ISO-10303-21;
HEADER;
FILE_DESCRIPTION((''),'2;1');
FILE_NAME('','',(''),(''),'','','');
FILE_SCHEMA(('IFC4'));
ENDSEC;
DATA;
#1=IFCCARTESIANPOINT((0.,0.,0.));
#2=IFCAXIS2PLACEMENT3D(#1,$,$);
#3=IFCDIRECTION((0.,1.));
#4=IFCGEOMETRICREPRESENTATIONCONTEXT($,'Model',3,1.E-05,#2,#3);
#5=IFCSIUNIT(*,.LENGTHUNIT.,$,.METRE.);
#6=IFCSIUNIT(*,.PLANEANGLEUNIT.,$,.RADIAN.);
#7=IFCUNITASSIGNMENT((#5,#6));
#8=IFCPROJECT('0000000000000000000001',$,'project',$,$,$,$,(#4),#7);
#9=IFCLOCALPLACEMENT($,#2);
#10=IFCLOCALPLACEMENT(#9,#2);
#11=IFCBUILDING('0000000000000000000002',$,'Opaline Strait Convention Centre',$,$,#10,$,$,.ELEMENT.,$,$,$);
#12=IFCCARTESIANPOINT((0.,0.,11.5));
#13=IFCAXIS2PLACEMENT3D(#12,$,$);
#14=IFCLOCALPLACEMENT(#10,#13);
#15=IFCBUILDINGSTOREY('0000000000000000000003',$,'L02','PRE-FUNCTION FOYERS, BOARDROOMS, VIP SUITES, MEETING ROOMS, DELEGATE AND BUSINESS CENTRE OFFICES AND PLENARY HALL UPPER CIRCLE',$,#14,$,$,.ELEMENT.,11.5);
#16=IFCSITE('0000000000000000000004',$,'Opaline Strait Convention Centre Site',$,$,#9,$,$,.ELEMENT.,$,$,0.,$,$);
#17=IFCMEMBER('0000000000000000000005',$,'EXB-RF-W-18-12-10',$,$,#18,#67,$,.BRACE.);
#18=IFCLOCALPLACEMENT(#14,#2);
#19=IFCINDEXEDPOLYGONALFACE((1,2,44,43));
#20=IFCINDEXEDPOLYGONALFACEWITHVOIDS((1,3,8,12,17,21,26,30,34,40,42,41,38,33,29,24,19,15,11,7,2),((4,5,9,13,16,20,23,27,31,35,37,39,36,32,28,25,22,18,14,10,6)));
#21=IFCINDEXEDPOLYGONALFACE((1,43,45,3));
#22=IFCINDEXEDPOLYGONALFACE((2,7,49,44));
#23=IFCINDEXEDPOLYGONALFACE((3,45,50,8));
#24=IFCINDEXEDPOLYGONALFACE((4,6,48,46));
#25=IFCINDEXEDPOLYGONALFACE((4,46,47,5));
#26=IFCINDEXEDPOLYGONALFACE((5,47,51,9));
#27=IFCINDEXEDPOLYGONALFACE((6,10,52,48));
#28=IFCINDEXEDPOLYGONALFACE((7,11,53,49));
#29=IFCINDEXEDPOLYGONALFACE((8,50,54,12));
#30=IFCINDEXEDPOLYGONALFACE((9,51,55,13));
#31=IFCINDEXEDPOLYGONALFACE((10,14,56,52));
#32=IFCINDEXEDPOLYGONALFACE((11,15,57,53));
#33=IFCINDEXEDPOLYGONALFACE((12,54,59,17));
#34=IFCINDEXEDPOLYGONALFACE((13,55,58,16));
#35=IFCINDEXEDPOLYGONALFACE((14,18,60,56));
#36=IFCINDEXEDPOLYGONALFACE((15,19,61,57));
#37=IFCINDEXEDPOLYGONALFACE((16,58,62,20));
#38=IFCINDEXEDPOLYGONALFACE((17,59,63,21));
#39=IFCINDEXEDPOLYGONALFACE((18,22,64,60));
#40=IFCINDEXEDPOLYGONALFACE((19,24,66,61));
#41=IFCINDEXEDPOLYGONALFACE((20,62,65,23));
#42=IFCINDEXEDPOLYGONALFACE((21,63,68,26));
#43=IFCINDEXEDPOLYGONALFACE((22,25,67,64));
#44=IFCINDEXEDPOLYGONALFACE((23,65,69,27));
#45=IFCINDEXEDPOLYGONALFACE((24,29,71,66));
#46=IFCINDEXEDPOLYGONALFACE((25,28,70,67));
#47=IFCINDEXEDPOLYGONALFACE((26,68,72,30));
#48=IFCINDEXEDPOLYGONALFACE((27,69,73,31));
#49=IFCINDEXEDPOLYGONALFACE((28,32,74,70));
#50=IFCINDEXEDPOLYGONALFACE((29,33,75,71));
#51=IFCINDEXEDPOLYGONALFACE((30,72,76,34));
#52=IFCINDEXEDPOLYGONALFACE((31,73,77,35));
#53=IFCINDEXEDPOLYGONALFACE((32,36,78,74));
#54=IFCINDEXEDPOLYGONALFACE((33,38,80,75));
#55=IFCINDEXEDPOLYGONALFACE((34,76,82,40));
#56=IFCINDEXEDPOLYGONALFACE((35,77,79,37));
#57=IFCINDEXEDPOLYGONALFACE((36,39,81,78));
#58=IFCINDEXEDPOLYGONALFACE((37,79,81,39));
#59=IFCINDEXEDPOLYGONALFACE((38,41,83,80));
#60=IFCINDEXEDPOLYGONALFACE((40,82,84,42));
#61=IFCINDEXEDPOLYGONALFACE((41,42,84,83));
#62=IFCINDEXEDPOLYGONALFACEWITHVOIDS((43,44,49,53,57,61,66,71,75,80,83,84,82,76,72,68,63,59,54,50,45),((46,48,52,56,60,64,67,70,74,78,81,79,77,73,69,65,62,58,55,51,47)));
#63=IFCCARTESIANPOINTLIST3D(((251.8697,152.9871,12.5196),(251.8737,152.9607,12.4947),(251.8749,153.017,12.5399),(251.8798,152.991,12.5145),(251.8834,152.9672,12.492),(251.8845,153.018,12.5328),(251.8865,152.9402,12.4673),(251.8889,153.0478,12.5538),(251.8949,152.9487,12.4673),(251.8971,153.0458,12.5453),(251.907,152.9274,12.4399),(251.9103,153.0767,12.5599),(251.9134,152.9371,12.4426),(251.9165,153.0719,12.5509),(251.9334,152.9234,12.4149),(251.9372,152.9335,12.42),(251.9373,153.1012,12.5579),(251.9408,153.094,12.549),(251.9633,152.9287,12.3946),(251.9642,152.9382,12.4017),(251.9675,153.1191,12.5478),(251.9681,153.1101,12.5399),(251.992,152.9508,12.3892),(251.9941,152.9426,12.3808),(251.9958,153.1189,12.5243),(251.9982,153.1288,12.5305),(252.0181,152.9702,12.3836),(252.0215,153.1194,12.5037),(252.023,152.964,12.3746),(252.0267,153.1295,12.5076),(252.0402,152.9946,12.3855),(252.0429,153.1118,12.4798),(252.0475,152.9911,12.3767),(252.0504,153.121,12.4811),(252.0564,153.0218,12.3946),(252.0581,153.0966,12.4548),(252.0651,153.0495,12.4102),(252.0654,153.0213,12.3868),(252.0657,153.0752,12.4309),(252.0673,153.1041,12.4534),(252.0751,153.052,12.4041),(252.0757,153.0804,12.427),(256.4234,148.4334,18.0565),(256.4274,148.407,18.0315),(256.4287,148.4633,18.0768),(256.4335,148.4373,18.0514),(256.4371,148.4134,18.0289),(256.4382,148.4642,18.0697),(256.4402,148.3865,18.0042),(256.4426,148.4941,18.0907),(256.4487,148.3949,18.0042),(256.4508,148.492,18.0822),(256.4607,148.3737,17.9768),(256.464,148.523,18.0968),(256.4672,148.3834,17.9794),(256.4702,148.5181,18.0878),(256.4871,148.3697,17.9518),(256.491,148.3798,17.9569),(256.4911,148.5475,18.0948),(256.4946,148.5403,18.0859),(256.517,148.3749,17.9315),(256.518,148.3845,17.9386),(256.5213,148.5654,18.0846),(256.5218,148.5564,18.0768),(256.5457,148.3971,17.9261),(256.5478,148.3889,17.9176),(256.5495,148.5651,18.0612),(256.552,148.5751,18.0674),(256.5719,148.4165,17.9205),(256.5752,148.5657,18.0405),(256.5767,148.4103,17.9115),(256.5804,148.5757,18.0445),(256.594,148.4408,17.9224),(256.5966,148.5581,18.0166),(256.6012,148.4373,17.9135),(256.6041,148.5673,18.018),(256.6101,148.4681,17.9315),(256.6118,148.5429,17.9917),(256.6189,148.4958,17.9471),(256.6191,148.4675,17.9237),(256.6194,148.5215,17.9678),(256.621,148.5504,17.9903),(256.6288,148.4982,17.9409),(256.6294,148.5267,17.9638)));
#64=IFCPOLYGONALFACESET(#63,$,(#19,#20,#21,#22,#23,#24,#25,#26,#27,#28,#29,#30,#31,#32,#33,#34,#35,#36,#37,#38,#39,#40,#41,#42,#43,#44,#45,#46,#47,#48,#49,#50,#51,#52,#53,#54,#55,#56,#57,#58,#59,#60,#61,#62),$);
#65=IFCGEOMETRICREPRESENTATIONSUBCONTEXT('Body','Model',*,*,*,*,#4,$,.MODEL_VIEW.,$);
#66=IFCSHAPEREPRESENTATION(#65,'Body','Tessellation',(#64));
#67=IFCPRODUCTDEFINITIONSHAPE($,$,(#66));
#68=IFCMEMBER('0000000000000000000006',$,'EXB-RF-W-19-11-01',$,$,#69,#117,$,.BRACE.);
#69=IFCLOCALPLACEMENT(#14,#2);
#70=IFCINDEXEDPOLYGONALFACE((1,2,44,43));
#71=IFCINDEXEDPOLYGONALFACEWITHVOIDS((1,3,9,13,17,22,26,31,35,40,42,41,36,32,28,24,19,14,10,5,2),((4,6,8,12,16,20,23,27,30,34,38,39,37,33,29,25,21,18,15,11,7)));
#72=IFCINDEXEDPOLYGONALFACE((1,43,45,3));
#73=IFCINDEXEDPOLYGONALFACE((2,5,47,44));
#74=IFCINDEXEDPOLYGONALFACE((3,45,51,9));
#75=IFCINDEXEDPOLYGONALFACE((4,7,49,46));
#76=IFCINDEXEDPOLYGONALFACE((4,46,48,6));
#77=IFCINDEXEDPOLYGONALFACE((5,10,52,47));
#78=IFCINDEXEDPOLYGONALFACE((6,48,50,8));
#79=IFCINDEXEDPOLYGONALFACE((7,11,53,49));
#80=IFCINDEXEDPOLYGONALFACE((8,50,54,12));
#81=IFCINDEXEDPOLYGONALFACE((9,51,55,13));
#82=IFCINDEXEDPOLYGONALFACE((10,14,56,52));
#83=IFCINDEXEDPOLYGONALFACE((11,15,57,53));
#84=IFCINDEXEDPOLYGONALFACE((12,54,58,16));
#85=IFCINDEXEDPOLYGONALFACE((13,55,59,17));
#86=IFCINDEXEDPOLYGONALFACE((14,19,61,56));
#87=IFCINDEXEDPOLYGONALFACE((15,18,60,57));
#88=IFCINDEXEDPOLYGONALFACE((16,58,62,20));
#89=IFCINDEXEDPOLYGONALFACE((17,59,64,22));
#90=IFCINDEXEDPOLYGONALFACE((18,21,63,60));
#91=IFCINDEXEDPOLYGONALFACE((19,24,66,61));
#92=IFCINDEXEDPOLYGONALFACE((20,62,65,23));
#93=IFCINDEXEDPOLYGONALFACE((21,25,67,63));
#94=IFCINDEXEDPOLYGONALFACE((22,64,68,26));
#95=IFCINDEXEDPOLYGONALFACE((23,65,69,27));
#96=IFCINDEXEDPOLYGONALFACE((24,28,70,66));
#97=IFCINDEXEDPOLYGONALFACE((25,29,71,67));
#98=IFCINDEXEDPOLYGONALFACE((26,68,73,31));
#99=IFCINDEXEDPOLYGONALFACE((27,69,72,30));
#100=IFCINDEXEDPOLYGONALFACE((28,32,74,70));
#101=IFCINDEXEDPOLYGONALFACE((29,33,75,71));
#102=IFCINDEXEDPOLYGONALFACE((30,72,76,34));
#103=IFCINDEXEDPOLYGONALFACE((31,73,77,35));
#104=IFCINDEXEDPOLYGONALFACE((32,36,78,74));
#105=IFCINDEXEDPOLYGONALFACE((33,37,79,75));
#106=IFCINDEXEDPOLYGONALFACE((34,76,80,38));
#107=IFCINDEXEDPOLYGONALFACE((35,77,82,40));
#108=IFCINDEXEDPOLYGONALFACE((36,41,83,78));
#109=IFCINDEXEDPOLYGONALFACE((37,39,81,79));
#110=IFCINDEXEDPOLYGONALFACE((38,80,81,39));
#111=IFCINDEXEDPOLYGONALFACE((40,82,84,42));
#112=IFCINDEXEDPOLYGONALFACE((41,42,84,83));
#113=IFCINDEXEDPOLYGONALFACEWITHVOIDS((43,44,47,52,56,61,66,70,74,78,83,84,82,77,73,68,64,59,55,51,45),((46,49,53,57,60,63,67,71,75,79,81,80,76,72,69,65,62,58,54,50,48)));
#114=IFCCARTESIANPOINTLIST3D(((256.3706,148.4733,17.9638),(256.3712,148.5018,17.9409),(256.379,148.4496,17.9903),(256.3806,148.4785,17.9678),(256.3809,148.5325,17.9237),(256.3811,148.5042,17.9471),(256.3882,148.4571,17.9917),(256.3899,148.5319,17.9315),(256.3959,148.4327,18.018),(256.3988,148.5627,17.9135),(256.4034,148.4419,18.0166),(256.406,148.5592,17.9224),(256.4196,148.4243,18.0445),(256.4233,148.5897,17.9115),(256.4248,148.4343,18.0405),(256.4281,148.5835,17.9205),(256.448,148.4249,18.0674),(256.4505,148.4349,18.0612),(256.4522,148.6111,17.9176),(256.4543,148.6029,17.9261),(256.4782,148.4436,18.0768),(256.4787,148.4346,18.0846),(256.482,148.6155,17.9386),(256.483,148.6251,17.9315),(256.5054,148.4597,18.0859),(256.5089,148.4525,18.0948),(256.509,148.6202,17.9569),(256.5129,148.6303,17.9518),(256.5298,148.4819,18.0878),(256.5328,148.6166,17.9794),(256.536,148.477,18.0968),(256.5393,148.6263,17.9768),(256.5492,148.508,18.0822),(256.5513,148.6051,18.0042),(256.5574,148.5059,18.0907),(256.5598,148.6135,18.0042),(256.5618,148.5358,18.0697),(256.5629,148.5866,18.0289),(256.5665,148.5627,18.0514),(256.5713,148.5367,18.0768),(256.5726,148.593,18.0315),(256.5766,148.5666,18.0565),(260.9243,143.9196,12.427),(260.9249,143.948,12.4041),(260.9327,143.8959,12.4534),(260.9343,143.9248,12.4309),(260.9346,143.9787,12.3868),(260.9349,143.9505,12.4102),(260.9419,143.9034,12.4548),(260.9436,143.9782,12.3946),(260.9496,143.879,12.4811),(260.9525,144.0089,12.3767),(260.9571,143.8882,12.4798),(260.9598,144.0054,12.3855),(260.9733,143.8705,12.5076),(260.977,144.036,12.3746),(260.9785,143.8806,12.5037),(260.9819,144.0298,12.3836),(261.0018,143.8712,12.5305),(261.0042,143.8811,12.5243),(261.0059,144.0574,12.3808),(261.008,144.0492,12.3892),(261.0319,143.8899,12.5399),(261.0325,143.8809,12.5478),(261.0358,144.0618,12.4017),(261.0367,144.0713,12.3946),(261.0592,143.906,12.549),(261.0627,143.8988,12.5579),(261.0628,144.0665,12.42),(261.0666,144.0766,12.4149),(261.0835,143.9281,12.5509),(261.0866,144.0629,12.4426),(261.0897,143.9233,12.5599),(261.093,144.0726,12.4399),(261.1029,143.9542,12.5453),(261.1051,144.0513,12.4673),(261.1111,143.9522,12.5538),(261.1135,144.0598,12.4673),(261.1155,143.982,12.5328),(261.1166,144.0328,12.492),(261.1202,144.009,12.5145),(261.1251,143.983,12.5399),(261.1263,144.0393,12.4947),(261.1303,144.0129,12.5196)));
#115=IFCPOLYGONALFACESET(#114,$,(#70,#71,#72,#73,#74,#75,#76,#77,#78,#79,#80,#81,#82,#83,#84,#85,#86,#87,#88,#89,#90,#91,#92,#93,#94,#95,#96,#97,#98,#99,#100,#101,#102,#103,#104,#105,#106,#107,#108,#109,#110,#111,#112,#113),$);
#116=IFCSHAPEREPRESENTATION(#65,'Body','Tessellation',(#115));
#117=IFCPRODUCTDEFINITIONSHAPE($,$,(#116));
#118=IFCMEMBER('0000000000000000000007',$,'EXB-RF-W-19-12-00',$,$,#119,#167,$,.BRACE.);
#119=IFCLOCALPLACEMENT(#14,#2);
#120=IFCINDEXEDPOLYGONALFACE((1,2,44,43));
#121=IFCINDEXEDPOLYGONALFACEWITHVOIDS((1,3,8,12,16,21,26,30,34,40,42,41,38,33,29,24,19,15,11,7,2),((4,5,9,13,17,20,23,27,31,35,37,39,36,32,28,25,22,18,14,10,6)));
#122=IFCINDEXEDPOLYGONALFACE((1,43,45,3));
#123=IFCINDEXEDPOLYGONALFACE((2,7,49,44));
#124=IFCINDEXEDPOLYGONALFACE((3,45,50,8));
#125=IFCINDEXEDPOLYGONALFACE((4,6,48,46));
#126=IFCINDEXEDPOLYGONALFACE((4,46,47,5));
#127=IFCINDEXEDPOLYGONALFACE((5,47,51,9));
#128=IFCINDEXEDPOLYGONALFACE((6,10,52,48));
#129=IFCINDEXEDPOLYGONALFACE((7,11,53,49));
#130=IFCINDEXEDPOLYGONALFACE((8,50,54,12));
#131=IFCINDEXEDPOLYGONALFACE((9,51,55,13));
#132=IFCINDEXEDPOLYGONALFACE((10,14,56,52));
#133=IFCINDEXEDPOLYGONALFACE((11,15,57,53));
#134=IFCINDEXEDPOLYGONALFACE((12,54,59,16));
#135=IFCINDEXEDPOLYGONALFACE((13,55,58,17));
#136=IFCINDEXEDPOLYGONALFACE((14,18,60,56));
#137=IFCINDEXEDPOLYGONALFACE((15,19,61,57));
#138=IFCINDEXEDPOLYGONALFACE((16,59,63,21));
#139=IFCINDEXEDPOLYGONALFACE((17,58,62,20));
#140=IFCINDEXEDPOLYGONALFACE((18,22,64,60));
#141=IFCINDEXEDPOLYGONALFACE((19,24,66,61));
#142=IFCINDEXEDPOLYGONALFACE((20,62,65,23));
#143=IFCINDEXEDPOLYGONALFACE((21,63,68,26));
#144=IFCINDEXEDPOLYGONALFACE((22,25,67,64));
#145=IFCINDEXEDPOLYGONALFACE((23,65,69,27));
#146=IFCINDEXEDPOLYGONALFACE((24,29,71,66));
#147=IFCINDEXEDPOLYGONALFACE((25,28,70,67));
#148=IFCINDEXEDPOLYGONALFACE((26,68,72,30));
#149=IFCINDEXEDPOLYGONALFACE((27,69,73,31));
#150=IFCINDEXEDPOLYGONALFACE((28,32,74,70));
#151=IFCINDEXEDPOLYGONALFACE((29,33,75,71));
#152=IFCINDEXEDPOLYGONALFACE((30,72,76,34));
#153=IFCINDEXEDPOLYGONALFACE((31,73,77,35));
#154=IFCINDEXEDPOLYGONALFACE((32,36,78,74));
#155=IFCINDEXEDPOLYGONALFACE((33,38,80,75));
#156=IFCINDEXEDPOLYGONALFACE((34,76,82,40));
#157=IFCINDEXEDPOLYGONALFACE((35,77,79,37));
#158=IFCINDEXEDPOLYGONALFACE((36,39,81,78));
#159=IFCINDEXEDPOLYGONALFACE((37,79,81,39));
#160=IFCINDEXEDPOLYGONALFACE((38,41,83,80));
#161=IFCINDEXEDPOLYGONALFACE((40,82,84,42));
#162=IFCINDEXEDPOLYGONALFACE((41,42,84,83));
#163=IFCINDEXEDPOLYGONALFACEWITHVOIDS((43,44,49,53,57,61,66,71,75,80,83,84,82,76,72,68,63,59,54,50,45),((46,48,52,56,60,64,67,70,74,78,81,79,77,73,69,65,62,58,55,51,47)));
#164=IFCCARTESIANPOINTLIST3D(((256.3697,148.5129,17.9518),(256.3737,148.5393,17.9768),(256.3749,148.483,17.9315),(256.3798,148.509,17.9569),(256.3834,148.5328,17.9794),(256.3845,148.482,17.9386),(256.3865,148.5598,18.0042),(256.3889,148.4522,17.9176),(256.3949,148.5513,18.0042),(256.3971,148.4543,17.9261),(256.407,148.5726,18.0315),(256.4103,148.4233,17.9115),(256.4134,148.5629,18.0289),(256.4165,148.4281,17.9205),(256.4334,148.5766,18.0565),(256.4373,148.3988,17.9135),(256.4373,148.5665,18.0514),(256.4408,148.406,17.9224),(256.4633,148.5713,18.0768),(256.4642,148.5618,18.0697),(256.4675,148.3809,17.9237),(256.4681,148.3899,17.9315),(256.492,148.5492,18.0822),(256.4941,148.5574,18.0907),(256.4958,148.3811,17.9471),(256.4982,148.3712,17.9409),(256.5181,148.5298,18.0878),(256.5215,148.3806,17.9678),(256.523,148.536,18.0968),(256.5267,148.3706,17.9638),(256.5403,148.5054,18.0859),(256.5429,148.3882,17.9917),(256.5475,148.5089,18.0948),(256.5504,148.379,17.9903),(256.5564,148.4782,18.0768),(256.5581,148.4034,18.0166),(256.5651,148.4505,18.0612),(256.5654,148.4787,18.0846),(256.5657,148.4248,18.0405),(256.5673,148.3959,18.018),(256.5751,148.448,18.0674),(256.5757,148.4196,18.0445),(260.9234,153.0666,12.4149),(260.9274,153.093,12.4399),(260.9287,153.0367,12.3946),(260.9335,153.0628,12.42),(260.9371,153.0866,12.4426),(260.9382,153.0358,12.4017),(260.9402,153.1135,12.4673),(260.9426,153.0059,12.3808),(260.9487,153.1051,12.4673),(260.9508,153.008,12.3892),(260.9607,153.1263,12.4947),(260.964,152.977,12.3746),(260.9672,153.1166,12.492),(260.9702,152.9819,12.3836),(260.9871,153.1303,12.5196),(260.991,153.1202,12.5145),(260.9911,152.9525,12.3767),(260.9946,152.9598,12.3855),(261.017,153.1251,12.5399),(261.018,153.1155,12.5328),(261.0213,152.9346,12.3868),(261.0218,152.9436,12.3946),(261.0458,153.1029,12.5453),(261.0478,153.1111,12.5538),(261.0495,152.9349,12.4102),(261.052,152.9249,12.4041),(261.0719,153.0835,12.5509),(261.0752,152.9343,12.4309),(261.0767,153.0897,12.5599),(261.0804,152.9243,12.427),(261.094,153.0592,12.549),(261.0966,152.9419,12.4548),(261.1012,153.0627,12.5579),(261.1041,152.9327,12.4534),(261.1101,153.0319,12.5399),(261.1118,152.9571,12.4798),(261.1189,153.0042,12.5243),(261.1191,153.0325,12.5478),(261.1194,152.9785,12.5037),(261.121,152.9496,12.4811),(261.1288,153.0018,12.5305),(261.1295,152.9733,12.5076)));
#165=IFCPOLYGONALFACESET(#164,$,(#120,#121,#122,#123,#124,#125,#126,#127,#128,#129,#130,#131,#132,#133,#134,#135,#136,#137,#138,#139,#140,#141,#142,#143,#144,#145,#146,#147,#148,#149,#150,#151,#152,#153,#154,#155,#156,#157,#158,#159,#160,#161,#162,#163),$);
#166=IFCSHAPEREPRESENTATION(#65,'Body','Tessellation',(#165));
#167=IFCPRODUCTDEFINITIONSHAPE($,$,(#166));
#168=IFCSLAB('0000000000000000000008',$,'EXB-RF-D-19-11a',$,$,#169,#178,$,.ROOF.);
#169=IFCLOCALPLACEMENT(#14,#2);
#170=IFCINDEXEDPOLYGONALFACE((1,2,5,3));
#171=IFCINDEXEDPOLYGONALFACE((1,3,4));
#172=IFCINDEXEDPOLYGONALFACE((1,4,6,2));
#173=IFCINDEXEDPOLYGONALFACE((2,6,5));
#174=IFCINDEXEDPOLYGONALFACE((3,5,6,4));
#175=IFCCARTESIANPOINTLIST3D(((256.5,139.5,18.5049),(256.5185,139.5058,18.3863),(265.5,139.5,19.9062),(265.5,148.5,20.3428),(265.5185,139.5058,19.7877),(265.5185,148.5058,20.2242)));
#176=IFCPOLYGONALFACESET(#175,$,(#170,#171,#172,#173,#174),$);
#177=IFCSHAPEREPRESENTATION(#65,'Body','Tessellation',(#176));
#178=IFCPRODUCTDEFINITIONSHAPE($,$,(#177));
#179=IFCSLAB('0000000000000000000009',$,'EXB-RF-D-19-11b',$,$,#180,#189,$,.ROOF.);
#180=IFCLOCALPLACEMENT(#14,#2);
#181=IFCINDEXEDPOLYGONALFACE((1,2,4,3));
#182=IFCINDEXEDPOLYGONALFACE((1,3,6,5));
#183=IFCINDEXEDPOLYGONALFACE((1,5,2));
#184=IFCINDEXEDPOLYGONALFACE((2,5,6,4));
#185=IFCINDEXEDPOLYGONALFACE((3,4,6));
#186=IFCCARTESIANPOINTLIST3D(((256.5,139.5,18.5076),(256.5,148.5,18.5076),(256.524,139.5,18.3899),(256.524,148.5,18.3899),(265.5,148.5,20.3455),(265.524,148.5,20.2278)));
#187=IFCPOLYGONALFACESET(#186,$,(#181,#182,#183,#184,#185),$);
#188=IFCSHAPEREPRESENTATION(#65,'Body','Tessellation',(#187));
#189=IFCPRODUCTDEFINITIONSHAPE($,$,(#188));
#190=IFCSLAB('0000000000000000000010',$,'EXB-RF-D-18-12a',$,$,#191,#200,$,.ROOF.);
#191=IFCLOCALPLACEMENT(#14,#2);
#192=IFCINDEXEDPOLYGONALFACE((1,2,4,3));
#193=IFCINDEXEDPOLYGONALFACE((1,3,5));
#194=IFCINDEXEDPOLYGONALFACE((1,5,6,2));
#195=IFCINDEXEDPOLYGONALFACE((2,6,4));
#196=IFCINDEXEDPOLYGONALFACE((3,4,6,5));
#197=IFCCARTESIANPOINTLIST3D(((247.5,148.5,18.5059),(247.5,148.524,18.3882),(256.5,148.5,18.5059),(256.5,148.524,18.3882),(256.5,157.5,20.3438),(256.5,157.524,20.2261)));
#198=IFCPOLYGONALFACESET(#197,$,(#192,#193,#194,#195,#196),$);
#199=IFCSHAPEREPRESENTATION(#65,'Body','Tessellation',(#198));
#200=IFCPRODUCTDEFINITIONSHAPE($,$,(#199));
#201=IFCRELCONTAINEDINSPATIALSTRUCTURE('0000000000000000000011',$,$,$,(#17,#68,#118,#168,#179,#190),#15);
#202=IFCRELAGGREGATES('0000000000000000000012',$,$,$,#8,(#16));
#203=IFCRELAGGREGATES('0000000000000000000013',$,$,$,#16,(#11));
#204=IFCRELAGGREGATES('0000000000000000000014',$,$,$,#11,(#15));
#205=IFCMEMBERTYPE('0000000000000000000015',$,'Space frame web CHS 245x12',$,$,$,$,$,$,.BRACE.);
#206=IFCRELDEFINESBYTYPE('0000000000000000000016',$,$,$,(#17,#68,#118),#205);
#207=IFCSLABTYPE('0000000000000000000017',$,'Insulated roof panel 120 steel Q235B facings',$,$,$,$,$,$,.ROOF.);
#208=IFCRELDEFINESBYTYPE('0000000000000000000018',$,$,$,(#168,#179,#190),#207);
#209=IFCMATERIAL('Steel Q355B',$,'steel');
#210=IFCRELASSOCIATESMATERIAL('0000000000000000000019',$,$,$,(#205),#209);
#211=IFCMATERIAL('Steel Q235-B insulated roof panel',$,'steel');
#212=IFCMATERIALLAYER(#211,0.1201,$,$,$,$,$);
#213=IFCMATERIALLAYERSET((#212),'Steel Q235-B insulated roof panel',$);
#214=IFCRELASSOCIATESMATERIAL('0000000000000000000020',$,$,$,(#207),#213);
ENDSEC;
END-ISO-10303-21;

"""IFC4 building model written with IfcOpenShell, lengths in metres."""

from ifc_helpers import new_model, si_unit, direction, frame, origin, origin_2d, place, context, subcontext, project, spatial, polyline, hollow_circle, outline, extrude, material, layer, layer_set, material_profile, profile_set, type_object, element, save


model = new_model("IFC4")

# Units and contexts
model_context = context("Model", 3, precision=1e-05, world=origin(), true_north=direction((0.0, 1.0)))
body_context = subcontext(model_context, "Body", "Model", "MODEL_VIEW")
ifc_project = project(units=[si_unit("LENGTHUNIT", "METRE"), si_unit("PLANEANGLEUNIT", "RADIAN")], contexts=[model_context])

# Site, building, storey
site_placement = place(None, origin())
site = spatial("IfcSite", under=ifc_project, at=site_placement, Name="Opaline Strait Convention Centre Site", CompositionType="ELEMENT", RefElevation=0.0)
building_placement = place(site_placement, origin())
building = spatial("IfcBuilding", under=site, at=building_placement, Name="Opaline Strait Convention Centre", CompositionType="ELEMENT")
storey_placement = place(building_placement, frame((0.0, 0.0, 11.5)))
storey = spatial("IfcBuildingStorey", under=building, at=storey_placement, Name="L02", Description="PRE-FUNCTION FOYERS, BOARDROOMS, VIP SUITES, MEETING ROOMS, DELEGATE AND BUSINESS CENTRE OFFICES AND PLENARY HALL UPPER CIRCLE", CompositionType="ELEMENT", Elevation=11.5)

# Members
ifc_material_1 = material(Name="Steel Q355B", Category="steel")
ifc_material_profile_1 = material_profile(ifc_material_1, hollow_circle(Radius=0.1226, WallThickness=0.012, at=origin_2d()), Name="CHS 245x12")
ifc_profile_set_1 = profile_set([ifc_material_profile_1], Name="Steel Q355B")
member_type_1 = type_object("IfcMemberType", Name="Space frame web CHS 245x12", PredefinedType="BRACE", material=ifc_profile_set_1)
for number, where, z_axis, x_axis, name in (
    (1, (256.5269, 148.4731, 18.0042), (-0.536178, 0.536178, -0.65194), (-0.707107, -0.707107, 0.0), "EXB-RF-W-18-12-10"),
    (2, (256.4731, 148.5269, 18.0042), (0.536178, -0.536178, -0.65194), (0.707107, 0.707107, 0.0), "EXB-RF-W-19-11-01"),
    (3, (256.4731, 148.4731, 18.0042), (0.536178, 0.536178, -0.65194), (-0.707107, 0.707107, 0.0), "EXB-RF-W-19-12-00"),
):
    element("IfcMember", number, at=place(storey_placement, frame(where, z_axis=z_axis, x_axis=x_axis)), inside=storey, type_object=member_type_1, Name=name, PredefinedType="BRACE", context=body_context, shape_type="SweptSolid", body=[
        extrude(hollow_circle(Radius=0.1226, WallThickness=0.012, at=origin_2d()), origin(), (0.0, 0.0, 1.0), 8.4929),
    ])

# Slabs
ifc_material_2 = material(Name="Steel Q235-B insulated roof panel", Category="steel")
ifc_layer = layer(ifc_material_2, 0.1201)
ifc_layer_set = layer_set([ifc_layer], Name="Steel Q235-B insulated roof panel")
slab_type = type_object("IfcSlabType", Name="Insulated roof panel 120 steel Q235B facings", PredefinedType="ROOF", material=ifc_layer_set)
slab_1_placement = place(storey_placement, frame((256.5, 139.5, 18.5049), z_axis=(-0.153677, -0.04787, 0.986961), x_axis=(0.988094, 0.0, 0.153854)))
element("IfcSlab", 4, at=slab_1_placement, inside=storey, type_object=slab_type, Name="EXB-RF-D-19-11a", PredefinedType="ROOF", context=body_context, shape_type="SweptSolid", body=[
    extrude(outline(polyline([(0.0, 0.0), (9.1084, 0.0), (9.1756, 9.0103), (0.0, 0.0)])), origin(), (0.0, 0.0, -1.0), 0.1201),
])
slab_2_placement = place(storey_placement, frame((256.5, 139.5, 18.5076), z_axis=(-0.200081, 0.0, 0.979779), x_axis=(0.699848, 0.699848, 0.142916)))
element("IfcSlab", 5, at=slab_2_placement, inside=storey, type_object=slab_type, Name="EXB-RF-D-19-11b", PredefinedType="ROOF", context=body_context, shape_type="SweptSolid", body=[
    extrude(outline(polyline([(0.0, 0.0), (12.8599, 0.0), (6.2986, 6.4286), (0.0, 0.0)])), origin(), (0.0, 0.0, -1.0), 0.1201),
])
slab_3_placement = place(storey_placement, frame((247.5, 148.5, 18.5059), z_axis=(0.0, -0.200081, 0.979779), x_axis=(1.0, 0.0, 0.0)))
element("IfcSlab", 6, at=slab_3_placement, inside=storey, type_object=slab_type, Name="EXB-RF-D-18-12a", PredefinedType="ROOF", context=body_context, shape_type="SweptSolid", body=[
    extrude(outline(polyline([(0.0, 0.0), (9.0, 0.0), (9.0, 9.1857), (0.0, 0.0)])), origin(), (0.0, 0.0, -1.0), 0.1201),
])

save(model, "model.ifc")
